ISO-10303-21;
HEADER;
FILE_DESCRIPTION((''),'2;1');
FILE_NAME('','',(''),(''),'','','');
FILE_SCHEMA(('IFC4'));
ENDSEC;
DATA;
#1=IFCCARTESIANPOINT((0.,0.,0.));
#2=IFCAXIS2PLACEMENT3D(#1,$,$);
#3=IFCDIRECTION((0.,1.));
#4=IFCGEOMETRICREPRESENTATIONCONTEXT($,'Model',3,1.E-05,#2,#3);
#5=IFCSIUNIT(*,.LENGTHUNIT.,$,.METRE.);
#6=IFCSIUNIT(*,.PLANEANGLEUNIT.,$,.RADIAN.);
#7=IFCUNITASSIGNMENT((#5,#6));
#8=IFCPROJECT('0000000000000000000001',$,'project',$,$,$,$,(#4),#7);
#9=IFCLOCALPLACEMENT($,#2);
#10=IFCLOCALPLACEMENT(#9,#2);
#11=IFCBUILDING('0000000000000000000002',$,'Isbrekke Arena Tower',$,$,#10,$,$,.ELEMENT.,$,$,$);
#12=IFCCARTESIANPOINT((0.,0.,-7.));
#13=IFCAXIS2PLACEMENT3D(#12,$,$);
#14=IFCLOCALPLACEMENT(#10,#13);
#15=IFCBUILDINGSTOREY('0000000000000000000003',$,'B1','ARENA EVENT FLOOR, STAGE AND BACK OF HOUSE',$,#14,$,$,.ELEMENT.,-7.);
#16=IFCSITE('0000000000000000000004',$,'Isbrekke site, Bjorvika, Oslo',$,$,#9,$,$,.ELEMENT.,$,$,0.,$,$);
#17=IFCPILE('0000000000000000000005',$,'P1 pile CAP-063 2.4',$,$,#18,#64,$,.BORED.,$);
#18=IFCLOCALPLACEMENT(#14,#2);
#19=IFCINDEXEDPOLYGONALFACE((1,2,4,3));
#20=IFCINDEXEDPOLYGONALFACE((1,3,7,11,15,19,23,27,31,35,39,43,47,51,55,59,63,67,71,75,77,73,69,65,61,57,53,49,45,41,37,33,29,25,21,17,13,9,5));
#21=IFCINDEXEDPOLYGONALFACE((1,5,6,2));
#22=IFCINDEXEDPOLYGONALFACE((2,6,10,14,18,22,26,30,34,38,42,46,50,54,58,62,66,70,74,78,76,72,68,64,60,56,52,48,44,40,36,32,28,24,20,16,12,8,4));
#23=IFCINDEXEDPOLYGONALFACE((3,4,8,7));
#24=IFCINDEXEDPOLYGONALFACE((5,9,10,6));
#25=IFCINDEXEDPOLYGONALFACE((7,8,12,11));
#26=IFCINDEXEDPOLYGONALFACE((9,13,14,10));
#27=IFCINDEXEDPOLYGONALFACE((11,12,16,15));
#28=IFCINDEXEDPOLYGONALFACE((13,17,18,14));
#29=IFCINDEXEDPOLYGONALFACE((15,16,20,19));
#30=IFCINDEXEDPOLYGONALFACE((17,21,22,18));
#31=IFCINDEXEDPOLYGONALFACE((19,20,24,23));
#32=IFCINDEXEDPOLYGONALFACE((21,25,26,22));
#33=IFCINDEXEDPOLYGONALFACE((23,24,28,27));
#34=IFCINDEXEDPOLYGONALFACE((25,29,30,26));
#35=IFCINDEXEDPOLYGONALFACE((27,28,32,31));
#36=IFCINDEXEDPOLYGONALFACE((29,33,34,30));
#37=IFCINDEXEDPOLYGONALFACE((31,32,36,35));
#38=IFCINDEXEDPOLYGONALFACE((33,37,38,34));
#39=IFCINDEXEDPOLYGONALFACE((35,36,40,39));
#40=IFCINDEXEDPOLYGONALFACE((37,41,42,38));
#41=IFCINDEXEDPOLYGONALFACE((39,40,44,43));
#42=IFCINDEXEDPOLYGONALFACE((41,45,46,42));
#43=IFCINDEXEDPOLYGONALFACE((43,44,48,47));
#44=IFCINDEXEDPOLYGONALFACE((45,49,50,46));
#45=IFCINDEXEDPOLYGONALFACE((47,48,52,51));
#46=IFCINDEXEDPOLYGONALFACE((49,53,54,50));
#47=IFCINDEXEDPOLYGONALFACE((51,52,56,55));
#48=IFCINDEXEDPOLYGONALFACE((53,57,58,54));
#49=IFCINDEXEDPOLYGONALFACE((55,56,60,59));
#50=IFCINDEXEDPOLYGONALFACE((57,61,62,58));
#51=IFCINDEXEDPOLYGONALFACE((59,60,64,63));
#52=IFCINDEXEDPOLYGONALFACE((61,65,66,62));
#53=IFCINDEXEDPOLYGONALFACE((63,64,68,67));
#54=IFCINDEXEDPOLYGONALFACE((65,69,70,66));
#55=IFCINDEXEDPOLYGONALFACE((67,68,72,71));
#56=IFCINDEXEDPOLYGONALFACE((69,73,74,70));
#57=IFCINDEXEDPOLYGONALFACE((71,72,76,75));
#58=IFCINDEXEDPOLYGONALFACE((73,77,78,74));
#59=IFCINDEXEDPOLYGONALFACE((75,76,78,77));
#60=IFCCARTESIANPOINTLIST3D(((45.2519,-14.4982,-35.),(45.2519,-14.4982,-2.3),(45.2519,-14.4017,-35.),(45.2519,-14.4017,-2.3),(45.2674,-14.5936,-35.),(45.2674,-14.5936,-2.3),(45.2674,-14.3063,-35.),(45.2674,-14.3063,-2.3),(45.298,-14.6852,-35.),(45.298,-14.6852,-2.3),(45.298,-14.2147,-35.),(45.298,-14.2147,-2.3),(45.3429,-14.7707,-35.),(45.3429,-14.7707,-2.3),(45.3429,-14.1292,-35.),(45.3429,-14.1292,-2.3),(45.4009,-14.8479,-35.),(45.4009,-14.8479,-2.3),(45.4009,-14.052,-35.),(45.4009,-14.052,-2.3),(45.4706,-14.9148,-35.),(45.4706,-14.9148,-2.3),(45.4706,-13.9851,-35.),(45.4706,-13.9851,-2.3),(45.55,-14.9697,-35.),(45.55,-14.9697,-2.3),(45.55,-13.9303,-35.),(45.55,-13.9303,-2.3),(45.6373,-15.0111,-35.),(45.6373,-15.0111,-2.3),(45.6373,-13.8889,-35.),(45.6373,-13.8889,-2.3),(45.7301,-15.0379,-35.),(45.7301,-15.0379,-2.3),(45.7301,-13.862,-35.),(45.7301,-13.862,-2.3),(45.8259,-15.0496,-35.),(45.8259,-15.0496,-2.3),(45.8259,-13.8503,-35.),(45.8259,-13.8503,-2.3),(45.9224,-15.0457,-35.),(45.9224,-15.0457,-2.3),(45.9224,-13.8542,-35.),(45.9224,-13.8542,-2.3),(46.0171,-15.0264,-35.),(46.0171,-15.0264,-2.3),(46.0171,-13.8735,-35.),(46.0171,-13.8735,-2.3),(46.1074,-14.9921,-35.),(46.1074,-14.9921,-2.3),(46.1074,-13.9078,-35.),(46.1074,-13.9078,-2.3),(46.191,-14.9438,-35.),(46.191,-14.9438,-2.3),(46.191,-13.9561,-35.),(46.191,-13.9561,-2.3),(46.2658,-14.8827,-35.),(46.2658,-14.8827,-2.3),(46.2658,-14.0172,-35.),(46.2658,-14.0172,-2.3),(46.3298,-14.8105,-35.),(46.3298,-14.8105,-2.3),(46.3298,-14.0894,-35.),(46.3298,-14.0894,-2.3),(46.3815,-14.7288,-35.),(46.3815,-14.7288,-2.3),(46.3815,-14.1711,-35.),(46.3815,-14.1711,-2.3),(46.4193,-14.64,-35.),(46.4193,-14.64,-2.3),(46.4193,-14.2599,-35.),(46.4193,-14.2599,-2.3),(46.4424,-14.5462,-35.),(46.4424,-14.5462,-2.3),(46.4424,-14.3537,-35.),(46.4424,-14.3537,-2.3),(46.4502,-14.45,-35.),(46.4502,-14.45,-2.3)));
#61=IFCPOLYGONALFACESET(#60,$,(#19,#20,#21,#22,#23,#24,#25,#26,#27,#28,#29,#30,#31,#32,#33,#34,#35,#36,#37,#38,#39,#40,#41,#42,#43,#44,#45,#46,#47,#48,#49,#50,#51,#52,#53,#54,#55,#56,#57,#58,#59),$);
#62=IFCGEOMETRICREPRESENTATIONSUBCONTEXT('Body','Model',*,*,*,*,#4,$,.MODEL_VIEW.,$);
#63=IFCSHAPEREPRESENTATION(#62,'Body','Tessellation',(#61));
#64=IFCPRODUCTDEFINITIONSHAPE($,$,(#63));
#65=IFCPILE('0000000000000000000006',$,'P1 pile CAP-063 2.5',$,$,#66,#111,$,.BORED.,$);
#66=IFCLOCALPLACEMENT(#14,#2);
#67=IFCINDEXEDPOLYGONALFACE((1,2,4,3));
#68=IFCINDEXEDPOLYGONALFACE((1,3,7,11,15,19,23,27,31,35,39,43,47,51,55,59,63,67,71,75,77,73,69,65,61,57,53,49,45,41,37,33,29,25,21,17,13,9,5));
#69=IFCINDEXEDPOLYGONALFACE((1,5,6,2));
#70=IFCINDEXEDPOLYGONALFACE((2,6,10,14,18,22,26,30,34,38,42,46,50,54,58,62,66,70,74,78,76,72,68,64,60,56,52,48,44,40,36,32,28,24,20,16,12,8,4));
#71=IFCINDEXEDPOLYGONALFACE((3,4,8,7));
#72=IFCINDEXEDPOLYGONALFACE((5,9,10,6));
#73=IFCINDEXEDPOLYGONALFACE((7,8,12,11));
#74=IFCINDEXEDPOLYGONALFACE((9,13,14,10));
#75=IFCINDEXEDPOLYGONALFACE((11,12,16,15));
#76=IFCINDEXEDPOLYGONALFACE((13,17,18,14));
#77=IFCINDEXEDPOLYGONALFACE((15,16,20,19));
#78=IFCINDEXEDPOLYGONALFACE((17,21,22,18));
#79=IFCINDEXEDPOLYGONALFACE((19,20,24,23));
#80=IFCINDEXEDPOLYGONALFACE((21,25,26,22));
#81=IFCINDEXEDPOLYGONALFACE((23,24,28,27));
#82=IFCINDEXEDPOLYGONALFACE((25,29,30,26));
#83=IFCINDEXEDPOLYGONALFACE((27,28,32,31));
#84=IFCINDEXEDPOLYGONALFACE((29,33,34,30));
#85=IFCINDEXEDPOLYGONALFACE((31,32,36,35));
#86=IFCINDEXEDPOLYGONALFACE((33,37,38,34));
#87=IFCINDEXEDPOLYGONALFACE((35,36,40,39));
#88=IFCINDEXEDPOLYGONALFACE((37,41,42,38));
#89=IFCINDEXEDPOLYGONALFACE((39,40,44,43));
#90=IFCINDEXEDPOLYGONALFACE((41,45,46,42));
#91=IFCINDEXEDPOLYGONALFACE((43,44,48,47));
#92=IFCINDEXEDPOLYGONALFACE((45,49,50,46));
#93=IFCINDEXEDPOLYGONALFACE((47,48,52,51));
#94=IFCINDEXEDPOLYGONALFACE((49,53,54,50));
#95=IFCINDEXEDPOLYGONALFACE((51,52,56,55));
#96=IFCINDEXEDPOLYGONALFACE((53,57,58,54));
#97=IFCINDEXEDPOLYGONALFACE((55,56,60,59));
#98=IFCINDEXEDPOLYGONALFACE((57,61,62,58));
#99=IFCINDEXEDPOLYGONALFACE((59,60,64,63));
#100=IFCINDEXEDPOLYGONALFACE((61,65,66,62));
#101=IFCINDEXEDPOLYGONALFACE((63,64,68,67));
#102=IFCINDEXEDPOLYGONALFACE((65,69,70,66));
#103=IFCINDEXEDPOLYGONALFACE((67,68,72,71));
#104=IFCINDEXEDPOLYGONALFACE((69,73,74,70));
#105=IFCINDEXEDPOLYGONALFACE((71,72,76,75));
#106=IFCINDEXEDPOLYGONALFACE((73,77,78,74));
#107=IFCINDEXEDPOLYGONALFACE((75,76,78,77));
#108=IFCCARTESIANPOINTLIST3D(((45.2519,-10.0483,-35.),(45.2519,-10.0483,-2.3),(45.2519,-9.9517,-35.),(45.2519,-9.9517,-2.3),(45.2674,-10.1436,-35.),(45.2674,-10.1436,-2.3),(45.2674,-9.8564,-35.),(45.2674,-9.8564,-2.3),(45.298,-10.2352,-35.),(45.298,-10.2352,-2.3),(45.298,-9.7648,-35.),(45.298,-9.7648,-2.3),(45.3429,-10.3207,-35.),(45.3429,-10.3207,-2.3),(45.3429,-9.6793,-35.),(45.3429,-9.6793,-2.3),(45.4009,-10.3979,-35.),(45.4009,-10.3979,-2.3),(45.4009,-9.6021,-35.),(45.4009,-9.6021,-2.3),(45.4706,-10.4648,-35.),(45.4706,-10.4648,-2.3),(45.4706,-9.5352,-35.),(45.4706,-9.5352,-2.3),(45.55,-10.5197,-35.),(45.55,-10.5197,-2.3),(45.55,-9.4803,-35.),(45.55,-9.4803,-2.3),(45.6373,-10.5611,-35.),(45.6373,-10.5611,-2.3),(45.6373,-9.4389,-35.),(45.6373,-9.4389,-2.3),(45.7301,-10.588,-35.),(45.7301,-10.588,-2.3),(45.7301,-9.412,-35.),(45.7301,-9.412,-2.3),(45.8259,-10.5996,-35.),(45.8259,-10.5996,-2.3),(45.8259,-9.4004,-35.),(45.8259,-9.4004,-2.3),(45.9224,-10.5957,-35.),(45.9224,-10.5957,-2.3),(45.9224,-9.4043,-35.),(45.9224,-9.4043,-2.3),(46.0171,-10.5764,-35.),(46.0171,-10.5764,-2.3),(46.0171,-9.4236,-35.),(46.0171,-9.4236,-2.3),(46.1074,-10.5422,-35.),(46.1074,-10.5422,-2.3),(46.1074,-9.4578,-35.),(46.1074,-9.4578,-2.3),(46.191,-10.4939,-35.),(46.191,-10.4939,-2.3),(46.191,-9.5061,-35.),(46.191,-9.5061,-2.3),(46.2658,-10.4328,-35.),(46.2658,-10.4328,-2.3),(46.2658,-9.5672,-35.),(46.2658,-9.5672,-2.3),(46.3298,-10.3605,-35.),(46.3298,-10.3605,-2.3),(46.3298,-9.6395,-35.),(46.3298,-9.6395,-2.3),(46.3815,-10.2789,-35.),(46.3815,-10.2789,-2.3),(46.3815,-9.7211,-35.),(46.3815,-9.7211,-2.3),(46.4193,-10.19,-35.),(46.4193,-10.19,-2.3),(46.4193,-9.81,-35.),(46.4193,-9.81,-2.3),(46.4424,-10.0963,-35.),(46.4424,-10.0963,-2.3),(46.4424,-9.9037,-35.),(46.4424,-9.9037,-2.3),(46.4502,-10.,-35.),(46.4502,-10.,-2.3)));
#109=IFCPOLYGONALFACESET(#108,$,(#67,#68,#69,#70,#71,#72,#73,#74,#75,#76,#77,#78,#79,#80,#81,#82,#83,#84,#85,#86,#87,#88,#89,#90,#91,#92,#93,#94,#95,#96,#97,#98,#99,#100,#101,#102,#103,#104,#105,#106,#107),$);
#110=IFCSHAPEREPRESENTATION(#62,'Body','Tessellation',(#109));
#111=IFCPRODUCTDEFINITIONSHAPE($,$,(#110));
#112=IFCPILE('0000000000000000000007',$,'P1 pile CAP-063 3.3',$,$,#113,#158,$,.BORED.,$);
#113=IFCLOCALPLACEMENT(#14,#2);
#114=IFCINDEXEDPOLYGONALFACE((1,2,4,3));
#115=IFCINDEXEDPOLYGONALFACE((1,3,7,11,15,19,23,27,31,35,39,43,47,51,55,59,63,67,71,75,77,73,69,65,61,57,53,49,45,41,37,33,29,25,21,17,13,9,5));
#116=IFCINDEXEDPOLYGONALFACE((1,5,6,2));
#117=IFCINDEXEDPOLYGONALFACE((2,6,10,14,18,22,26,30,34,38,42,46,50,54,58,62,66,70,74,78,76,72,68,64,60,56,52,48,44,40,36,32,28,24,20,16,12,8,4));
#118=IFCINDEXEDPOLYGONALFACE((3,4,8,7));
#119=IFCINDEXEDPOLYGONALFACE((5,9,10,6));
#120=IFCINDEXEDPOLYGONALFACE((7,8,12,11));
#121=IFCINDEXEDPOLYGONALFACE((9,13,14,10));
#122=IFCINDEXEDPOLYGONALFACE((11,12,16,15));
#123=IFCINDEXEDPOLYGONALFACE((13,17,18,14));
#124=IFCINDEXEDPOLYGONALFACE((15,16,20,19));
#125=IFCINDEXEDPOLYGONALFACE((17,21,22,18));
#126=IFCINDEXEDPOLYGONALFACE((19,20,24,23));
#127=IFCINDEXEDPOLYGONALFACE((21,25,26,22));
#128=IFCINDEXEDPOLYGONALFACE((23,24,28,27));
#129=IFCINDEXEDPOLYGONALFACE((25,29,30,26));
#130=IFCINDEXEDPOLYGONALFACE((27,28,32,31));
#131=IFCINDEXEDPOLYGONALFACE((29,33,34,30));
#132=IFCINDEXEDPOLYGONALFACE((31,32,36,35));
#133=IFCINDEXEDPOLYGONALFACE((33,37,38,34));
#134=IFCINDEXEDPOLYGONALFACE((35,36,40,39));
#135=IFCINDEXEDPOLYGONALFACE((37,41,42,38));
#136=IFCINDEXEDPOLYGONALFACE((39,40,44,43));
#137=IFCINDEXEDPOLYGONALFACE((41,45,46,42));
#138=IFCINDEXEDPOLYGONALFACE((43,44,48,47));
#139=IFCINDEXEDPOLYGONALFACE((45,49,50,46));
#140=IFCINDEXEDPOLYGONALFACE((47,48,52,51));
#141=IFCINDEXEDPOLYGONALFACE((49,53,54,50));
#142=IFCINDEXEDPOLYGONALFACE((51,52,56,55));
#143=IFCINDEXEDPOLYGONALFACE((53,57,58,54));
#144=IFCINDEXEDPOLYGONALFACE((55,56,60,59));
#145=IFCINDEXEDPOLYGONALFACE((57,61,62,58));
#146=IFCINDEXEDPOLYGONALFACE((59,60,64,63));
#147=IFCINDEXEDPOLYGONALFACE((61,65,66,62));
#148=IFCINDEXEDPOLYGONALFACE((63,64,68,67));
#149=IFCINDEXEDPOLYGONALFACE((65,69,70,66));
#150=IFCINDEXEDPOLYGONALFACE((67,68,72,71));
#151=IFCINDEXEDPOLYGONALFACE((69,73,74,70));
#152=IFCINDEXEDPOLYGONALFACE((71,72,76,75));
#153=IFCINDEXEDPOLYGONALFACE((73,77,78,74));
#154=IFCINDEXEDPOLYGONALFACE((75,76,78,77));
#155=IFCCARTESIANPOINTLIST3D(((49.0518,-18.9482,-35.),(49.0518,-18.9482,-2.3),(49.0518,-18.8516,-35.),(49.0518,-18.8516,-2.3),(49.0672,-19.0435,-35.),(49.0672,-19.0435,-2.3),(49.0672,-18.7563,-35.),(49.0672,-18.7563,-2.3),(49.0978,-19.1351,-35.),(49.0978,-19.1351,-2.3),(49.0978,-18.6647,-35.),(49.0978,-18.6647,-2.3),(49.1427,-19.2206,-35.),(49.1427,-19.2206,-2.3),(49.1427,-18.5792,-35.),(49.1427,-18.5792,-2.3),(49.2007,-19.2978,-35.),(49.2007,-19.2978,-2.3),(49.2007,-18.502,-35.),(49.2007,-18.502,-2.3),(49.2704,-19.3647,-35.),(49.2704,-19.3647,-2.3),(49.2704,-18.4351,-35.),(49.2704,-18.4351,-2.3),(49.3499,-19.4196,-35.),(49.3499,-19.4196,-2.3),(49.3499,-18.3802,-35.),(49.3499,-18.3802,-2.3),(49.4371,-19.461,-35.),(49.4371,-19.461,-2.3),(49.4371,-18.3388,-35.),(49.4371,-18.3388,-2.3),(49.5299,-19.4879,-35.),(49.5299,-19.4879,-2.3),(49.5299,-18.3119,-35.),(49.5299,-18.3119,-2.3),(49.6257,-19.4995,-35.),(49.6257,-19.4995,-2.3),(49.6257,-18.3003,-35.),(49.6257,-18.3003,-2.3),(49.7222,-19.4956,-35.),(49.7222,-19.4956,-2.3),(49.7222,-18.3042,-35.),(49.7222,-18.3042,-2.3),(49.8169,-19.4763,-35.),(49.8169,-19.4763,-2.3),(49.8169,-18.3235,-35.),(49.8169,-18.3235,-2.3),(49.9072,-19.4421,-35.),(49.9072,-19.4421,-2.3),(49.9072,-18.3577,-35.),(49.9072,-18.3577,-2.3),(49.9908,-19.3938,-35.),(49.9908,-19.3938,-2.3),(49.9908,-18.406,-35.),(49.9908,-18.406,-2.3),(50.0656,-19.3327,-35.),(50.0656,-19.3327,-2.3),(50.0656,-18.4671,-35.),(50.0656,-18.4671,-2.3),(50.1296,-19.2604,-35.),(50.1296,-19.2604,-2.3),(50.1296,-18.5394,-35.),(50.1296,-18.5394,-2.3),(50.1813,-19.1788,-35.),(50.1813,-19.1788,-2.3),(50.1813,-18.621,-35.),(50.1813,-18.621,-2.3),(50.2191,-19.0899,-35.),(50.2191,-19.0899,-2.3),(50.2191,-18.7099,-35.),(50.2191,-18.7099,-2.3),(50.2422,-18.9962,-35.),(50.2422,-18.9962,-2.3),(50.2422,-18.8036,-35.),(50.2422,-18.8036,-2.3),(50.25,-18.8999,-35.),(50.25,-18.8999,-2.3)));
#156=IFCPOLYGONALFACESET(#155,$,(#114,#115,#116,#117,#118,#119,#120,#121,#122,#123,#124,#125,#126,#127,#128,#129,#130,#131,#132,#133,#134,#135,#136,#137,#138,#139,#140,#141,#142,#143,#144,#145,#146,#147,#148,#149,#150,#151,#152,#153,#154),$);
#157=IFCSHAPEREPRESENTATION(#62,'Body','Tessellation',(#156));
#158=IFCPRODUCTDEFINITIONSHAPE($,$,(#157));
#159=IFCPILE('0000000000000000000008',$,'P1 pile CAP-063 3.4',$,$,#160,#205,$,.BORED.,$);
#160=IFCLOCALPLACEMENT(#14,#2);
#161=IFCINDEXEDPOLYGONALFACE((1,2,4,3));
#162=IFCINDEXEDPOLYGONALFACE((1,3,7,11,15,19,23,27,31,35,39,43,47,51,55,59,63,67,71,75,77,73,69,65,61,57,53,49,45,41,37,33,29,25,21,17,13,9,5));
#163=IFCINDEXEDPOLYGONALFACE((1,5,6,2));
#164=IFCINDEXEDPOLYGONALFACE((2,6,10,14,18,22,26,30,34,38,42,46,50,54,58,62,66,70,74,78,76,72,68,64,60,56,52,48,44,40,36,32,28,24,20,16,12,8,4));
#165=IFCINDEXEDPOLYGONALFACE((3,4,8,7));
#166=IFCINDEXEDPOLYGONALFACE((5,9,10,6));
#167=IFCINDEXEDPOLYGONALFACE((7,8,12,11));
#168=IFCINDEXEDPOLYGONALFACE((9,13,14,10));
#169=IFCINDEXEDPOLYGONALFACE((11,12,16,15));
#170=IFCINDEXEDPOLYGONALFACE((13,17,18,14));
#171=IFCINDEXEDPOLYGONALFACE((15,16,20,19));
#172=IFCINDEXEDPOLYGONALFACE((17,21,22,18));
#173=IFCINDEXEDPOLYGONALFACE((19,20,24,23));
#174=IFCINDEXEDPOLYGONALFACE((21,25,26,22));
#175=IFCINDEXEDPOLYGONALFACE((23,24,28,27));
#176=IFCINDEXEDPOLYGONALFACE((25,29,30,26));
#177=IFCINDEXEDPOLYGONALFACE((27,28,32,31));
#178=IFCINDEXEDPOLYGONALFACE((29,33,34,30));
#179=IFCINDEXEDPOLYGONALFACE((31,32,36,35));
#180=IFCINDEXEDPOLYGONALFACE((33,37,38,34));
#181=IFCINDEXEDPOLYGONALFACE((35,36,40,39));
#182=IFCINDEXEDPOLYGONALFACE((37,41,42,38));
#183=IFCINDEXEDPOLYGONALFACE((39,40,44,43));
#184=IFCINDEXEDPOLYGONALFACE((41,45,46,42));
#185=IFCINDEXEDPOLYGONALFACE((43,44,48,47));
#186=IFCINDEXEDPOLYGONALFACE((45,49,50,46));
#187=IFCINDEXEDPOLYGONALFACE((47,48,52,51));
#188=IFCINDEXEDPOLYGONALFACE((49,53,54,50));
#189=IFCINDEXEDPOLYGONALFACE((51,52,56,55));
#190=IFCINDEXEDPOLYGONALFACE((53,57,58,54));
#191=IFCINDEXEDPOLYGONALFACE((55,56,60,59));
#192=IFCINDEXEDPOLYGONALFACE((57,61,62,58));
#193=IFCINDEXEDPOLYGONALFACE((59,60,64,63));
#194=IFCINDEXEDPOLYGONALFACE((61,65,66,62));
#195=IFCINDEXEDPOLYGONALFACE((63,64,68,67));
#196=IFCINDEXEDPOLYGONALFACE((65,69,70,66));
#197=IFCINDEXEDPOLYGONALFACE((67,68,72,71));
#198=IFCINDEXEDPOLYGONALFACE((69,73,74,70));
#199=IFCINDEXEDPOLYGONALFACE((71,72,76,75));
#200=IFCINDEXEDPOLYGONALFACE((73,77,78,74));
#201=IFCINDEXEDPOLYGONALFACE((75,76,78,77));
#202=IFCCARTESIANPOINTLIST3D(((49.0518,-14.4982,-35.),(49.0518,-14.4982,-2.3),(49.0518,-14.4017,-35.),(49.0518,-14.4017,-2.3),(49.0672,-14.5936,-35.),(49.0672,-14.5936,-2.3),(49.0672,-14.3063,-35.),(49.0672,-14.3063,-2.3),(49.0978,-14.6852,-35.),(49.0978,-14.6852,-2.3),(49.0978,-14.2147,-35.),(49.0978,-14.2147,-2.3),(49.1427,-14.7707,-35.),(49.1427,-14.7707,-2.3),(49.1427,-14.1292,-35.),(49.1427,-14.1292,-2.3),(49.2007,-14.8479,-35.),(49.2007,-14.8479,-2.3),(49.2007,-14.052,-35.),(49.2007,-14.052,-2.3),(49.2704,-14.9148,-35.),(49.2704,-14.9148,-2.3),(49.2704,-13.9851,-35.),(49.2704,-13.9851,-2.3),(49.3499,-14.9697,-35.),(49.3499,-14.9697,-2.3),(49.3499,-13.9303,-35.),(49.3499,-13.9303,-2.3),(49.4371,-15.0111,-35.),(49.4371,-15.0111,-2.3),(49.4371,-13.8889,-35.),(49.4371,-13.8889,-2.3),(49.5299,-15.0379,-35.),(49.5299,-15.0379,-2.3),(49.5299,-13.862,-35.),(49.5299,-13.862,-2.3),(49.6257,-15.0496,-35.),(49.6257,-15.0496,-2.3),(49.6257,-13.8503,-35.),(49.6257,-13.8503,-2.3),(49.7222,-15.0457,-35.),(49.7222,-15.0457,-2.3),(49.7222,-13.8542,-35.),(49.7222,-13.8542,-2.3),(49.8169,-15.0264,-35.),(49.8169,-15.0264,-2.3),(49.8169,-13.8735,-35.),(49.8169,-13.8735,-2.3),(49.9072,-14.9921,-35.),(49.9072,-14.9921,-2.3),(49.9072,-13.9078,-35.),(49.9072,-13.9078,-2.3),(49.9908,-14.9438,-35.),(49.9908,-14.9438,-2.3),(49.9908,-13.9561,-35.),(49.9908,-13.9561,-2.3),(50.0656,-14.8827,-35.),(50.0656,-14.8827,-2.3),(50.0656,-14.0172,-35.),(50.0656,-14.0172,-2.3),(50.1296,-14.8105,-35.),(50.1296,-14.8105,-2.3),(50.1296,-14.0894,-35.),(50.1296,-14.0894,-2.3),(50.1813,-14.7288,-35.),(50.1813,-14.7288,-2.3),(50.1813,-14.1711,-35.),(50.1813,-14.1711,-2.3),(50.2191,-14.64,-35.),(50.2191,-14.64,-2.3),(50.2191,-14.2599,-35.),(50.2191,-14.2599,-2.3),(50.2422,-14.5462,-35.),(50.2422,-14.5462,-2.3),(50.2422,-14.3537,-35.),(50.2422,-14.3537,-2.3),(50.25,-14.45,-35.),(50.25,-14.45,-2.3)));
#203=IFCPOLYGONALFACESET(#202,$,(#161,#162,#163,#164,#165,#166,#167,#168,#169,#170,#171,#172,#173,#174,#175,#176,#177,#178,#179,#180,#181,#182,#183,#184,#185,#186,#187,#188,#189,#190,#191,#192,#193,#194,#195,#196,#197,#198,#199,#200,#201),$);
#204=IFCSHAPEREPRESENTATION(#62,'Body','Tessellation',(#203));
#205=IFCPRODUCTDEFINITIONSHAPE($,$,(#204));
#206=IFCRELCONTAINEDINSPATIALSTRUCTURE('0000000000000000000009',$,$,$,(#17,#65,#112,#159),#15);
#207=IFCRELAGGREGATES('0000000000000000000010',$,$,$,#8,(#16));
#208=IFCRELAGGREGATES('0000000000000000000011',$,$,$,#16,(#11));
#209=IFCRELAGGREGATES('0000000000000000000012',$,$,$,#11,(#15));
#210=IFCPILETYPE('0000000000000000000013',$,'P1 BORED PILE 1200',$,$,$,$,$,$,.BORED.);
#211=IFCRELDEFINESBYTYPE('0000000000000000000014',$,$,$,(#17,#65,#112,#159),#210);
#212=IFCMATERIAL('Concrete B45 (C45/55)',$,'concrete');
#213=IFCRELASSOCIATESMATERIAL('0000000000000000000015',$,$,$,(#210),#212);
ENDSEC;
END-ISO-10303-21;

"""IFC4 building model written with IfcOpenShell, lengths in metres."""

from ifc_helpers import new_model, si_unit, direction, frame, origin, origin_2d, place, context, subcontext, project, spatial, circle, extrude, material, material_profile, profile_set, type_object, element, save


model = new_model("IFC4")

# Units and contexts
model_context = context("Model", 3, precision=1e-05, world=origin(), true_north=direction((0.0, 1.0)))
body_context = subcontext(model_context, "Body", "Model", "MODEL_VIEW")
ifc_project = project(units=[si_unit("LENGTHUNIT", "METRE"), si_unit("PLANEANGLEUNIT", "RADIAN")], contexts=[model_context])

# Site, building, storey
site_placement = place(None, origin())
site = spatial("IfcSite", under=ifc_project, at=site_placement, Name="Isbrekke site, Bjorvika, Oslo", CompositionType="ELEMENT", RefElevation=0.0)
building_placement = place(site_placement, origin())
building = spatial("IfcBuilding", under=site, at=building_placement, Name="Isbrekke Arena Tower", CompositionType="ELEMENT")
storey_placement = place(building_placement, frame((0.0, 0.0, -7.0)))
storey = spatial("IfcBuildingStorey", under=building, at=storey_placement, Name="B1", Description="ARENA EVENT FLOOR, STAGE AND BACK OF HOUSE", CompositionType="ELEMENT", Elevation=-7.0)

# Piles
ifc_material_1 = material(Name="Concrete B45 (C45/55)", Category="concrete")
ifc_material_profile_1 = material_profile(ifc_material_1, circle(Radius=0.6001, at=origin_2d()), Name="BORED PILE D1200")
ifc_profile_set_1 = profile_set([ifc_material_profile_1], Name="Concrete B45 (C45/55)")
pile_type = type_object("IfcPileType", Name="P1 BORED PILE 1200", PredefinedType="BORED", material=ifc_profile_set_1)
for number, where, z_axis, x_axis, name in (
    (1, (45.8501, -14.45, -2.3), (0.0, 0.0, -1.0), (1.0, 0.0, 0.0), "P1 pile CAP-063 2.4"),
    (2, (45.8501, -10.0, -2.3), (0.0, 0.0, -1.0), (1.0, 0.0, 0.0), "P1 pile CAP-063 2.5"),
    (3, (49.6499, -18.8999, -2.3), (0.0, 0.0, -1.0), (1.0, 0.0, 0.0), "P1 pile CAP-063 3.3"),
    (4, (49.6499, -14.45, -2.3), (0.0, 0.0, -1.0), (1.0, 0.0, 0.0), "P1 pile CAP-063 3.4"),
):
    element("IfcPile", number, at=place(storey_placement, frame(where, z_axis=z_axis, x_axis=x_axis)), inside=storey, type_object=pile_type, Name=name, PredefinedType="BORED", context=body_context, shape_type="SweptSolid", body=[
        extrude(circle(Radius=0.6001, at=origin_2d()), origin(), (0.0, 0.0, 1.0), 32.7),
    ])

save(model, "model.ifc")
